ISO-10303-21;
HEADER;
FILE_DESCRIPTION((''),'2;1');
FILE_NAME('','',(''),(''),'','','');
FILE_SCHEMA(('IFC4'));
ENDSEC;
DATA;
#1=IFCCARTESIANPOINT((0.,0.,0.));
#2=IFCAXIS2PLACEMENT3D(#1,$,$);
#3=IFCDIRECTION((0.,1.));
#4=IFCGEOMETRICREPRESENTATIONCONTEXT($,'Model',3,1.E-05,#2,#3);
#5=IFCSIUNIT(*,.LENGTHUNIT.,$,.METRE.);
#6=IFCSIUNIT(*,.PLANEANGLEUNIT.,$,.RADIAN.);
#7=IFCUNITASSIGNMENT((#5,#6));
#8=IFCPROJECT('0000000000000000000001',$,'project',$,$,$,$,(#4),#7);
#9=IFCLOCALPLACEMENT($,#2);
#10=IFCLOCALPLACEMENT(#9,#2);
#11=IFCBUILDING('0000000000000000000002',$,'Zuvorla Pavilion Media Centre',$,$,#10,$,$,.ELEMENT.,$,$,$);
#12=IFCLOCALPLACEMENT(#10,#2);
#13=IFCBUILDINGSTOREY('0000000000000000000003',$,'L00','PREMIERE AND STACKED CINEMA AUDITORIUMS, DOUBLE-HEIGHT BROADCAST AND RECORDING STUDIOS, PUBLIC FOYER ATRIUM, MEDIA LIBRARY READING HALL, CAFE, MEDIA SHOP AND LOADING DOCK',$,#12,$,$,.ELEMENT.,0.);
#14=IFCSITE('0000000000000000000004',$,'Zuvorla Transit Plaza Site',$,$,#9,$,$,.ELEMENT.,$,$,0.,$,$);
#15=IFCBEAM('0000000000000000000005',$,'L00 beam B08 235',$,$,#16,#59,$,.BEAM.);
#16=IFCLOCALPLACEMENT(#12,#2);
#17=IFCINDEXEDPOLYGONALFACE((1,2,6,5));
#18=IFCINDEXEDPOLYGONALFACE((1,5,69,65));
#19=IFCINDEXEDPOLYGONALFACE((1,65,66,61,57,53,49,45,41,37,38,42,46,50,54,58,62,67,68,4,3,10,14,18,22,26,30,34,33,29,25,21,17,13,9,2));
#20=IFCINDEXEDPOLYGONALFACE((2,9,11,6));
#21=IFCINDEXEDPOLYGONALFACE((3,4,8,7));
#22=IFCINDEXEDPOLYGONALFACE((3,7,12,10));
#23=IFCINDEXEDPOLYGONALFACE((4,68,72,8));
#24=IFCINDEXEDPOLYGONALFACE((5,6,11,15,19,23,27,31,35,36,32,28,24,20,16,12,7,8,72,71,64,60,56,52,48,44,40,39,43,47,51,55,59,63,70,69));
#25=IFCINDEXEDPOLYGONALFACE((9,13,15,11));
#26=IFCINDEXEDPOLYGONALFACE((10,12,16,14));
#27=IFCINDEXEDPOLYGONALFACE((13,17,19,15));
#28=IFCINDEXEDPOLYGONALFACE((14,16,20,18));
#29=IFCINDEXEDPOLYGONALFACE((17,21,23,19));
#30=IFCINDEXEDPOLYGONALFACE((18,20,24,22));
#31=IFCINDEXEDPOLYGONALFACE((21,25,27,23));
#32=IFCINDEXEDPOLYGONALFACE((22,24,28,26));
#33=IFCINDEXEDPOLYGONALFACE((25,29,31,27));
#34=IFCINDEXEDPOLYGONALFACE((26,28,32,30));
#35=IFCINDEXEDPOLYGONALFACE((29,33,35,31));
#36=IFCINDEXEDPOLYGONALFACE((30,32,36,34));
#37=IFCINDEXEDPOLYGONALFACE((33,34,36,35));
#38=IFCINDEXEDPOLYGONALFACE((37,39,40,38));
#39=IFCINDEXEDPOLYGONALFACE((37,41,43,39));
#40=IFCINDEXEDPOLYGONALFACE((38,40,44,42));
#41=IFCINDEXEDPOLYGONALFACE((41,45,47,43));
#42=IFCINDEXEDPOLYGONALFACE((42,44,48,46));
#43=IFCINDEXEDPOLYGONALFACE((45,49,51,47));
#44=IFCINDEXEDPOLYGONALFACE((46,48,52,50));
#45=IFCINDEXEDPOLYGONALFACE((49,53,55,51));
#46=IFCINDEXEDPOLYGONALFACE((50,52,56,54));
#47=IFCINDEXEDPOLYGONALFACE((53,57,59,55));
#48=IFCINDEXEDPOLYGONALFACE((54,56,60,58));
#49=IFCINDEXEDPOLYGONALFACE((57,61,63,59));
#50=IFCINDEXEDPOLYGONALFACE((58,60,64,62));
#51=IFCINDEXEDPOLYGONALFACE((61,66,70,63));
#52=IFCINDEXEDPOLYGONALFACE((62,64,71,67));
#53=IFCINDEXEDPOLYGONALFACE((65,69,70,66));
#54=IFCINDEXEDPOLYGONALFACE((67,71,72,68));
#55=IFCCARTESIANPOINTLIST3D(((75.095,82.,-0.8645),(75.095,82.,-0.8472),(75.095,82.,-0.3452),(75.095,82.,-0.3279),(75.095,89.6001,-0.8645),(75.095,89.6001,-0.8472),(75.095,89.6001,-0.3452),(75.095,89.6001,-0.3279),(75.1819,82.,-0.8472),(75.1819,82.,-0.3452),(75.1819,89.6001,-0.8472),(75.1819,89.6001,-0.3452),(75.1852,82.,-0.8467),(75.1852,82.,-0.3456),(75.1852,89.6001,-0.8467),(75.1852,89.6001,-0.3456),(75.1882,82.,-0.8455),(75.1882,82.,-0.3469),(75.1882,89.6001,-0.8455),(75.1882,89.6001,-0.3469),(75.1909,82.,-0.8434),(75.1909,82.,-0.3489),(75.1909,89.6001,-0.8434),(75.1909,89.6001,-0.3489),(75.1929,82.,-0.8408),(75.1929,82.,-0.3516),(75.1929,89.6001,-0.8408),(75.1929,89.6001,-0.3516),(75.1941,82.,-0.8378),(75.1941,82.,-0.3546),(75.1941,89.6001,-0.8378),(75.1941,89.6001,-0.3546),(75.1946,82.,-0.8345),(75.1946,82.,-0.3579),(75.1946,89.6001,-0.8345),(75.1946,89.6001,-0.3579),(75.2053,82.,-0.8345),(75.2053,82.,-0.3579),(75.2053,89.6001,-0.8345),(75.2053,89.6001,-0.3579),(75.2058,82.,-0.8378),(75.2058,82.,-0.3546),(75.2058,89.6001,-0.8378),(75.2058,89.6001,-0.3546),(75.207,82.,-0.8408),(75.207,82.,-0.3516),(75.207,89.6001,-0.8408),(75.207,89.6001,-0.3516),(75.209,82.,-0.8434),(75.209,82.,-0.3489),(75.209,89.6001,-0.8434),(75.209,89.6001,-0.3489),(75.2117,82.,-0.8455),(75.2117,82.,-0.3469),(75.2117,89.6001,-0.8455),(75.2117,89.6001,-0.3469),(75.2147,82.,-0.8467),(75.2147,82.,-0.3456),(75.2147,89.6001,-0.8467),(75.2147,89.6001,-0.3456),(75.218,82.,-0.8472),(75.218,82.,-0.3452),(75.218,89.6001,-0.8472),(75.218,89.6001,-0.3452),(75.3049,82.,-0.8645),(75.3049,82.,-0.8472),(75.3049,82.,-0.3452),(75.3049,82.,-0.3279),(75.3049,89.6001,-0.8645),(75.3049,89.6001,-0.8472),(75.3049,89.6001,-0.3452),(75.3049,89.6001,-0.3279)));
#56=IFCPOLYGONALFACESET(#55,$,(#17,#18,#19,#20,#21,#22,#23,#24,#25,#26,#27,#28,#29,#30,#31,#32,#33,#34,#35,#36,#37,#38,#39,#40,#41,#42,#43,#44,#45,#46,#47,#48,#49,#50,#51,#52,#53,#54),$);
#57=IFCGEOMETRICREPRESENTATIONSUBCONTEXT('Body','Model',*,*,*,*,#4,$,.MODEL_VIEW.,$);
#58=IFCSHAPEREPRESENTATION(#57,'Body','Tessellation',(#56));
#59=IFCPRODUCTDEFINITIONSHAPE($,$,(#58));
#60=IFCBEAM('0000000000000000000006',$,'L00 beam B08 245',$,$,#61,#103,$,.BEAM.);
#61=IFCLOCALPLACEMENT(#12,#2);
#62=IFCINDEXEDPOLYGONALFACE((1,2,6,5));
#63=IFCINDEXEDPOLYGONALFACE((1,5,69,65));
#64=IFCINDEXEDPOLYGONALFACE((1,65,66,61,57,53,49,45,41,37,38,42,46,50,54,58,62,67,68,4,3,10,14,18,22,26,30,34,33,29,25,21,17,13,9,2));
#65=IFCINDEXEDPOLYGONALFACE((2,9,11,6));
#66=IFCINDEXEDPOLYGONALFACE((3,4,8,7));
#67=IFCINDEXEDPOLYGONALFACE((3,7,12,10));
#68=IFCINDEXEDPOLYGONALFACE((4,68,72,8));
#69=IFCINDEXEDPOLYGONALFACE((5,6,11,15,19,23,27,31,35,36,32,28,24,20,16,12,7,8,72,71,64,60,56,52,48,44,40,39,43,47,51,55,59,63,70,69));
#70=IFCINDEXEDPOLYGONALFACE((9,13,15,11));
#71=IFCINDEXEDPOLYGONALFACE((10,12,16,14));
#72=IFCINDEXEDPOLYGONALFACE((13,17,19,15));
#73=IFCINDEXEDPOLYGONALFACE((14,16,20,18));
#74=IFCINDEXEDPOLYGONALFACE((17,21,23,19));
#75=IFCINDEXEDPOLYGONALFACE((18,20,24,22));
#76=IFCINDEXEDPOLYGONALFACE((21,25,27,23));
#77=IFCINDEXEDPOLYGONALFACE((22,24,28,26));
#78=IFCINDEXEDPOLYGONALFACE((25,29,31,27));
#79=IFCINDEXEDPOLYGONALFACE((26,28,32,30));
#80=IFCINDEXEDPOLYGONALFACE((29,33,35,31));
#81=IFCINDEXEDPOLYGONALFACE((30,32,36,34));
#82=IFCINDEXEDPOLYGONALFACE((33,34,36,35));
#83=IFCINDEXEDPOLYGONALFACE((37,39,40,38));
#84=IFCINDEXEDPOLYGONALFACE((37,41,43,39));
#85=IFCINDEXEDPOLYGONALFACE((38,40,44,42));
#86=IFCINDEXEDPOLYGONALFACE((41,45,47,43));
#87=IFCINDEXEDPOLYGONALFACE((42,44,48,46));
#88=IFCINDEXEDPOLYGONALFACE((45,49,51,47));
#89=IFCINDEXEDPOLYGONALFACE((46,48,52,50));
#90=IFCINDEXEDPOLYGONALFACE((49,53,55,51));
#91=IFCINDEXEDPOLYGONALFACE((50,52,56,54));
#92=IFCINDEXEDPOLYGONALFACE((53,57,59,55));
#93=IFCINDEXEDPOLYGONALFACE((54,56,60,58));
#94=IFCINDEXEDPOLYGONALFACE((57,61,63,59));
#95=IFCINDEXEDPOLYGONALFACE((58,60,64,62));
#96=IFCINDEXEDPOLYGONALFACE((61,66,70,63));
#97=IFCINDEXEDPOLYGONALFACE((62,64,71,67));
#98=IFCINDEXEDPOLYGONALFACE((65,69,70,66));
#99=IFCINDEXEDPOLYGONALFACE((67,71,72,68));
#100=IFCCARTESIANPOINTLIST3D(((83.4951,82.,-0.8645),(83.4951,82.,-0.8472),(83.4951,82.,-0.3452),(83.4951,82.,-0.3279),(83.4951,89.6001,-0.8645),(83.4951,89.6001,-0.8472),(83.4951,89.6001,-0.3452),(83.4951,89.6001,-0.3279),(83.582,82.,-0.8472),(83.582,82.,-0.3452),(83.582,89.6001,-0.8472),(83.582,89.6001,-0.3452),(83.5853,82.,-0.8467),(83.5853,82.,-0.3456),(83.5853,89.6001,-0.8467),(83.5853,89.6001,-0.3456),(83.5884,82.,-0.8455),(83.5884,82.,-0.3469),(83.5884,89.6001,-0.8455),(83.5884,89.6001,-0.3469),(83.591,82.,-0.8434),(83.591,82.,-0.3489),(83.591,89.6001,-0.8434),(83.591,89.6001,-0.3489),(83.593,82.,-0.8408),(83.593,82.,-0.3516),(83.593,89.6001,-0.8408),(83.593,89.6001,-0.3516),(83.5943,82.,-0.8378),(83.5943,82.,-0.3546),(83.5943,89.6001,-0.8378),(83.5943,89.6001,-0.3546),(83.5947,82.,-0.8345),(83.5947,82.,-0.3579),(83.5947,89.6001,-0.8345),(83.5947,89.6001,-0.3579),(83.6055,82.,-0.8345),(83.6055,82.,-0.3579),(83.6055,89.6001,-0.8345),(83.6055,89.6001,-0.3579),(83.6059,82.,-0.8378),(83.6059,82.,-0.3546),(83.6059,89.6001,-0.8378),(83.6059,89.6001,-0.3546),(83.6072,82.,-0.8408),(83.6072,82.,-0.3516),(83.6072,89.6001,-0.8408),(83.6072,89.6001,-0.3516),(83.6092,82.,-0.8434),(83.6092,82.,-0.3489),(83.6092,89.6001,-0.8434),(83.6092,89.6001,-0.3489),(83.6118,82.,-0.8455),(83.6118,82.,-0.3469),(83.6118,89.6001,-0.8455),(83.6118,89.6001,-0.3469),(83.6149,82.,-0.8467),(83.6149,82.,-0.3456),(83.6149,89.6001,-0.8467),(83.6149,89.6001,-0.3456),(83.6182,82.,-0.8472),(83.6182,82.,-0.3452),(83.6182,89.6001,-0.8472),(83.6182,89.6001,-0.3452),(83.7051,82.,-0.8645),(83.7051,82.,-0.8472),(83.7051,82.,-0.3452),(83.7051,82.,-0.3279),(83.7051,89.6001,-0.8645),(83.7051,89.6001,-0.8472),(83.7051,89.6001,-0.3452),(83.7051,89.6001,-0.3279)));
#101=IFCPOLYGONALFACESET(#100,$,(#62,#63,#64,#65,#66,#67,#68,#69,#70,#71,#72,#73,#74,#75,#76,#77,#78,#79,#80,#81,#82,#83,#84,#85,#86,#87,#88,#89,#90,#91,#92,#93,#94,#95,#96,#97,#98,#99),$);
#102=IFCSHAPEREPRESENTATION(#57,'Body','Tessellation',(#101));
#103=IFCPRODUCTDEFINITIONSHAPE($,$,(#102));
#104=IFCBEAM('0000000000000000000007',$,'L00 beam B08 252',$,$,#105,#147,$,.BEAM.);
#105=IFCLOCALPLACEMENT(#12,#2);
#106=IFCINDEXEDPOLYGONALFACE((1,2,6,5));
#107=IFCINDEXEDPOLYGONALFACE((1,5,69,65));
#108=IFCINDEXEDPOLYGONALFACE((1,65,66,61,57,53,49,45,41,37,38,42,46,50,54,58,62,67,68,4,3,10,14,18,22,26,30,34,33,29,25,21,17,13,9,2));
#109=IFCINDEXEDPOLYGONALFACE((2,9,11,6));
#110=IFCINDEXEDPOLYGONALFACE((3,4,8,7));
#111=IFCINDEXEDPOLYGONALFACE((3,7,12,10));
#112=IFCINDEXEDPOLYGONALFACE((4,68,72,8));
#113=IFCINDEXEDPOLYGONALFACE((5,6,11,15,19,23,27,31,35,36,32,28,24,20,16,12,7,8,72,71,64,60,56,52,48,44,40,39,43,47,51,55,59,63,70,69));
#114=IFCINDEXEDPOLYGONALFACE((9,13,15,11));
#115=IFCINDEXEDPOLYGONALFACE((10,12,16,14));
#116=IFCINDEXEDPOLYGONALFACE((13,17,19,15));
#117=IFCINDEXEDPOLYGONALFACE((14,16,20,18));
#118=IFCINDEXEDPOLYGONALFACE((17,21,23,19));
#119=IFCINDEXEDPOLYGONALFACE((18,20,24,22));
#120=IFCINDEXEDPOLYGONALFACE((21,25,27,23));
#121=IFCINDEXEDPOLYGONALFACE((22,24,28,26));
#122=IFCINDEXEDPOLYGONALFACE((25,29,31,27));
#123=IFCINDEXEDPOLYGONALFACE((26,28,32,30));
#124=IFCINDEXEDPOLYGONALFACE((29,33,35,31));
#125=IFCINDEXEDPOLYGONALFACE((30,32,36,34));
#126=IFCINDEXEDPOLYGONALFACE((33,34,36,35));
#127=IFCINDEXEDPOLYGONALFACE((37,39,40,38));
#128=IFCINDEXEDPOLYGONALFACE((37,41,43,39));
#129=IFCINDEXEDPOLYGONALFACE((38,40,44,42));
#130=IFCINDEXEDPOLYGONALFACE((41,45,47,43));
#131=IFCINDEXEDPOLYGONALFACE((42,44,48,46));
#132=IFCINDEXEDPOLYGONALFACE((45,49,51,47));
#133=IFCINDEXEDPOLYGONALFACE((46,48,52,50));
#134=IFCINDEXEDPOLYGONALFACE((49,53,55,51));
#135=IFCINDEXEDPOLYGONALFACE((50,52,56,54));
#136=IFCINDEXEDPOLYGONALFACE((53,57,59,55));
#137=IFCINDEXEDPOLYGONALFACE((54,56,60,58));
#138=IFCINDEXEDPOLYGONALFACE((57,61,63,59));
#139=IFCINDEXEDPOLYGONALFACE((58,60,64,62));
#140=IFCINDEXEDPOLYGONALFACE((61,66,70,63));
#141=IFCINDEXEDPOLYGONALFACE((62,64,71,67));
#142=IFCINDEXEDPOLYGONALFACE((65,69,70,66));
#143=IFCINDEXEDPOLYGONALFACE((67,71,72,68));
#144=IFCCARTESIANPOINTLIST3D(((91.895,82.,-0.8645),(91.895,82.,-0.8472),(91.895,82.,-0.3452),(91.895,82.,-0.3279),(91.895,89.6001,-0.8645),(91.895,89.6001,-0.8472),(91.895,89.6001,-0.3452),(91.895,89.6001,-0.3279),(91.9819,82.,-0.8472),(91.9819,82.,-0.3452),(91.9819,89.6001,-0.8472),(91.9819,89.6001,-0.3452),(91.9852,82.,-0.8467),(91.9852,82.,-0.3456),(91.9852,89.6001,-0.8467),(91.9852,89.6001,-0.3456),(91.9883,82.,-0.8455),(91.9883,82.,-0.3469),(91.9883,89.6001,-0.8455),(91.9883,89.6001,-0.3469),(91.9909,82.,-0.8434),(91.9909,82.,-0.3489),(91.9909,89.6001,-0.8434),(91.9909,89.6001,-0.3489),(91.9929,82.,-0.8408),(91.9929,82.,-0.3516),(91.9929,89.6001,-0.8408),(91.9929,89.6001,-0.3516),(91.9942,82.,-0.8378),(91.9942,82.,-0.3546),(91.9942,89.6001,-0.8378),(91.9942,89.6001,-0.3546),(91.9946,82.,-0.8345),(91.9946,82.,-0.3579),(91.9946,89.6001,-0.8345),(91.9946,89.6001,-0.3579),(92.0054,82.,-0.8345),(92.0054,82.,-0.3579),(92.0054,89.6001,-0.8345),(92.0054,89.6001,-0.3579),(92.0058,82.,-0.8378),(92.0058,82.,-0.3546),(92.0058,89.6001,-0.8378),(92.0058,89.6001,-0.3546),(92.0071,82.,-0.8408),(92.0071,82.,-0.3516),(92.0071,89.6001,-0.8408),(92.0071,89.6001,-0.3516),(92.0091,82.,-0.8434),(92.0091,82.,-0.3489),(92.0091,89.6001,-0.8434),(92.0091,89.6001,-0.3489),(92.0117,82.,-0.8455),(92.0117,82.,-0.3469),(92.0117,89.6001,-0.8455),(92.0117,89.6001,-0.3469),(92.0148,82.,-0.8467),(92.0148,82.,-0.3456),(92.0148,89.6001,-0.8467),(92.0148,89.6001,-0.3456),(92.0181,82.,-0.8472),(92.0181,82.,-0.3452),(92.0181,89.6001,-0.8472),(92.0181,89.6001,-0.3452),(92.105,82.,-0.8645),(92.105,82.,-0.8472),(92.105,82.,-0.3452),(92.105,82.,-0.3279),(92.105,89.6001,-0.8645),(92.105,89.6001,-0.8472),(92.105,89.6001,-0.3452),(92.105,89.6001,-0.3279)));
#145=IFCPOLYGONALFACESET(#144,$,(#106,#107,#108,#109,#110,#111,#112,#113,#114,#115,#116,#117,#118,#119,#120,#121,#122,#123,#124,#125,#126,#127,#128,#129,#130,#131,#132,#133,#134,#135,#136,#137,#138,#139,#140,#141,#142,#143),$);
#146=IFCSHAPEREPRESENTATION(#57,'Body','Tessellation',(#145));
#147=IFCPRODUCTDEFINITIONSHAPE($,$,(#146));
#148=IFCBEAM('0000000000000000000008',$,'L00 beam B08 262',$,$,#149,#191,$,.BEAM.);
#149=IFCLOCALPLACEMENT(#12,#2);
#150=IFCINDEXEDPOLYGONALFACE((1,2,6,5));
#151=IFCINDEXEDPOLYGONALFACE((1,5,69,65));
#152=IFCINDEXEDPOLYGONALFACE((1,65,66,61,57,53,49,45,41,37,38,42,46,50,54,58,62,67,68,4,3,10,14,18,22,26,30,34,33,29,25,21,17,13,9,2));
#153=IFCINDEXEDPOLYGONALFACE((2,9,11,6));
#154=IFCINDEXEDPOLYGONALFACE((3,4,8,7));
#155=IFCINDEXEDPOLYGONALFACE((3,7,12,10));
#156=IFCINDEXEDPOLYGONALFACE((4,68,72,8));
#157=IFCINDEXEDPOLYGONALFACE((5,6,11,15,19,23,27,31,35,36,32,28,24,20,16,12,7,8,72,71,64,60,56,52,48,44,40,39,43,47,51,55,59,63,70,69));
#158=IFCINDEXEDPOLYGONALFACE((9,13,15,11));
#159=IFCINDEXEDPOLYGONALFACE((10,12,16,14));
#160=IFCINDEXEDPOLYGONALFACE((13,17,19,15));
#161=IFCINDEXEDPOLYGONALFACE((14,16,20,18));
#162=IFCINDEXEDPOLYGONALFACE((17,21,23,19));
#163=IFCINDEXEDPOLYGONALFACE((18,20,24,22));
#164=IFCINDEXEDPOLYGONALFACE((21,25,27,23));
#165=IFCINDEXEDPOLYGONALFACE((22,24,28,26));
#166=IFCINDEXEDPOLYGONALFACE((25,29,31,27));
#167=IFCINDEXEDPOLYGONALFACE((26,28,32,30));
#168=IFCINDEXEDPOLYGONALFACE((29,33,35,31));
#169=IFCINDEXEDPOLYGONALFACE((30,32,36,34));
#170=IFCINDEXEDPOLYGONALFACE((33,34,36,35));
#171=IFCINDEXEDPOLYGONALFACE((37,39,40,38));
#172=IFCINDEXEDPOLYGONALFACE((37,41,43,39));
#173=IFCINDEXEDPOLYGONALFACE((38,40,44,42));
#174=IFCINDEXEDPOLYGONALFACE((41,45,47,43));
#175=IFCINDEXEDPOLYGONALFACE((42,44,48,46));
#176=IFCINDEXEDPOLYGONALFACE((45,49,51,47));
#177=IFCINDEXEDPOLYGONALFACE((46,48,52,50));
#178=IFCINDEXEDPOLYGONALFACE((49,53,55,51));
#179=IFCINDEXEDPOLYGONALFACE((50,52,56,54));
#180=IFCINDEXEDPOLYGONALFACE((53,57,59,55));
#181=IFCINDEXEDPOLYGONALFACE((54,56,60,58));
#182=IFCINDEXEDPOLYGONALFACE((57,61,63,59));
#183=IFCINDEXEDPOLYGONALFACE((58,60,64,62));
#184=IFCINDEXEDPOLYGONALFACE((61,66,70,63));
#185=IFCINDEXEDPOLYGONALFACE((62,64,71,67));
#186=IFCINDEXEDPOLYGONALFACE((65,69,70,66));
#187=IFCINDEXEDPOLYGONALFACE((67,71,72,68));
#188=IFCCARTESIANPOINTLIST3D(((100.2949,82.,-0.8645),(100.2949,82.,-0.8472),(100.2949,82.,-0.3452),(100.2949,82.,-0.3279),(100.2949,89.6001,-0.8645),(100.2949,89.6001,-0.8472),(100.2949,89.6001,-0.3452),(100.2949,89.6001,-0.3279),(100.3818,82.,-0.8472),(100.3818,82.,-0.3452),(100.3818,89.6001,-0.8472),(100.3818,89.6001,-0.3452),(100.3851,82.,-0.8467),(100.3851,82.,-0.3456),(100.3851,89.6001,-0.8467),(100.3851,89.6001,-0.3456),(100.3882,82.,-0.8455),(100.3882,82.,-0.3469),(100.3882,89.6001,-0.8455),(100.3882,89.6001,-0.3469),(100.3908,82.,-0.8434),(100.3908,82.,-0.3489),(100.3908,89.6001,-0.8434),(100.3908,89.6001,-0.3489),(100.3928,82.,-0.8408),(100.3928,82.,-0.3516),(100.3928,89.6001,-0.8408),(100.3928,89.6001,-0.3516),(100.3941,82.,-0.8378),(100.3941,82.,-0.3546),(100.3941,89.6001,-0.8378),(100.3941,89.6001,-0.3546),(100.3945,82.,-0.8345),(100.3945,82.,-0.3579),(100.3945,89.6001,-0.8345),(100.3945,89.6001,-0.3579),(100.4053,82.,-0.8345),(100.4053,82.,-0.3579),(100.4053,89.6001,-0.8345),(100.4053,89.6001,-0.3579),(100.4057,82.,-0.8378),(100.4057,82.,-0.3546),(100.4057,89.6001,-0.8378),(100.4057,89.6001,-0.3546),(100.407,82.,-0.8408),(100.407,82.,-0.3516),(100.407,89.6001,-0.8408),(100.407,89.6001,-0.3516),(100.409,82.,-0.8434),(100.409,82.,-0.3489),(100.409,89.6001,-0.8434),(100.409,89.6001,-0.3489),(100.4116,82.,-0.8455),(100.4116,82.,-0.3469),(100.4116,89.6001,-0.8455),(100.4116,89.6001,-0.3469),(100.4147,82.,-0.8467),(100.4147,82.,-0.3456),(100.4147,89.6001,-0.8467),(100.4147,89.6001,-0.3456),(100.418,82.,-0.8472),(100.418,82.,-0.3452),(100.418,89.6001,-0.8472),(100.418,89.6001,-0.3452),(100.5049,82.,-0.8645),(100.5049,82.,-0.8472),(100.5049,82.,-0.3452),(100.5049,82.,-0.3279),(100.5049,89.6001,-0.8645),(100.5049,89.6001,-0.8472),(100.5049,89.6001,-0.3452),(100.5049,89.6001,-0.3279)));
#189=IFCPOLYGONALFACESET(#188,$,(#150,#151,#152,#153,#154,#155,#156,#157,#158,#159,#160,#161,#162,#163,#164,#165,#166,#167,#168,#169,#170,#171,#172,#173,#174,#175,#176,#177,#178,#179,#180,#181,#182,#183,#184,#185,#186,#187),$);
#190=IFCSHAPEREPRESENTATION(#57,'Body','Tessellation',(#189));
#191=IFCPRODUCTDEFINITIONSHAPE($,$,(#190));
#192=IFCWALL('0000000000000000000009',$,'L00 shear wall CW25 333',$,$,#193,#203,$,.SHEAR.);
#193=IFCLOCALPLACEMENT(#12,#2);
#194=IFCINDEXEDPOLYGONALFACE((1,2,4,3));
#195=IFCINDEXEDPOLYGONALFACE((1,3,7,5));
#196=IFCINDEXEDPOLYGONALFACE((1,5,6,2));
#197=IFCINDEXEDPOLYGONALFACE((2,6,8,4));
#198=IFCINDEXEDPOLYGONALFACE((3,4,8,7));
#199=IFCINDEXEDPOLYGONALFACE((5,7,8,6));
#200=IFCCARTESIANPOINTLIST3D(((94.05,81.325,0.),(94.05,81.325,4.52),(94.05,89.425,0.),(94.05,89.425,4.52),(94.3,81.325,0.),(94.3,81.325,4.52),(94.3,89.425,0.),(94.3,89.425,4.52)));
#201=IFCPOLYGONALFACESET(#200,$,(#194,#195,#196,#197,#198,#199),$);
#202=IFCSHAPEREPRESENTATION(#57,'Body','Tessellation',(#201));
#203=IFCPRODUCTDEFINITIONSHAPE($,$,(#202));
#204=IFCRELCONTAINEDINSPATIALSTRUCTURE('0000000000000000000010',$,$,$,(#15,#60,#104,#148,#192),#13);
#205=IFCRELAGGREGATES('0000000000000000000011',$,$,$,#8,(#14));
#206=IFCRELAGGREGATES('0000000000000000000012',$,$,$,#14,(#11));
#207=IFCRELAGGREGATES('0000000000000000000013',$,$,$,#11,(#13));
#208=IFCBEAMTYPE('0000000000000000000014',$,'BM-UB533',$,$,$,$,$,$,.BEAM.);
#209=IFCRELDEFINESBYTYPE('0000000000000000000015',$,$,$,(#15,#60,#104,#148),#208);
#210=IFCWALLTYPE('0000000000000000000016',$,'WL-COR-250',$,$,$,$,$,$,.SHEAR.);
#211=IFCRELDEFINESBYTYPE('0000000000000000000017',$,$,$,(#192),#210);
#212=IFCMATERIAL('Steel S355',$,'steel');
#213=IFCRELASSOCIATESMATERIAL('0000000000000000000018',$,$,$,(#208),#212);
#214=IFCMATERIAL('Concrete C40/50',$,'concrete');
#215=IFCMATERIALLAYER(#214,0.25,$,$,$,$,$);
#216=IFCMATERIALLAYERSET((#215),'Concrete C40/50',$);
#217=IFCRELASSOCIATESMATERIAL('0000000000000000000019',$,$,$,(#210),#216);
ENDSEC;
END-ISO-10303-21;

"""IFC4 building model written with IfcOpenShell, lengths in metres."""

from ifc_helpers import new_model, si_unit, direction, frame, frame_2d, origin, origin_2d, place, context, subcontext, project, spatial, rectangle, i_section, extrude, material, layer, layer_set, material_profile, profile_set, type_object, element, save


model = new_model("IFC4")

# Units and contexts
model_context = context("Model", 3, precision=1e-05, world=origin(), true_north=direction((0.0, 1.0)))
body_context = subcontext(model_context, "Body", "Model", "MODEL_VIEW")
ifc_project = project(units=[si_unit("LENGTHUNIT", "METRE"), si_unit("PLANEANGLEUNIT", "RADIAN")], contexts=[model_context])

# Site, building, storey
site_placement = place(None, origin())
site = spatial("IfcSite", under=ifc_project, at=site_placement, Name="Zuvorla Transit Plaza Site", CompositionType="ELEMENT", RefElevation=0.0)
building_placement = place(site_placement, origin())
building = spatial("IfcBuilding", under=site, at=building_placement, Name="Zuvorla Pavilion Media Centre", CompositionType="ELEMENT")
storey_placement = place(building_placement, origin())
storey = spatial("IfcBuildingStorey", under=building, at=storey_placement, Name="L00", Description="PREMIERE AND STACKED CINEMA AUDITORIUMS, DOUBLE-HEIGHT BROADCAST AND RECORDING STUDIOS, PUBLIC FOYER ATRIUM, MEDIA LIBRARY READING HALL, CAFE, MEDIA SHOP AND LOADING DOCK", CompositionType="ELEMENT", Elevation=0.0)

# Shared definitions
ifc_material_1 = material(Name="Concrete C40/50", Category="concrete")

# Beams
ifc_material_2 = material(Name="Steel S355", Category="steel")
ifc_material_profile_1 = material_profile(ifc_material_2, i_section(OverallWidth=0.21, OverallDepth=0.5366, WebThickness=0.0107, FlangeThickness=0.0173, FilletRadius=0.0127, at=origin_2d()), Name="UB 533x210x101")
ifc_profile_set_1 = profile_set([ifc_material_profile_1], Name="Steel S355")
beam_type = type_object("IfcBeamType", Name="BM-UB533", PredefinedType="BEAM", material=ifc_profile_set_1)
for number, where, z_axis, x_axis, name in (
    (1, (75.2, 82.0, -0.5962), (0.0, 1.0, 0.0), (-1.0, 0.0, 0.0), "L00 beam B08 235"),
    (2, (83.6001, 82.0, -0.5962), (0.0, 1.0, 0.0), (-1.0, 0.0, 0.0), "L00 beam B08 245"),
    (3, (92.0, 82.0, -0.5962), (0.0, 1.0, 0.0), (-1.0, 0.0, 0.0), "L00 beam B08 252"),
    (4, (100.3999, 82.0, -0.5962), (0.0, 1.0, 0.0), (-1.0, 0.0, 0.0), "L00 beam B08 262"),
):
    element("IfcBeam", number, at=place(storey_placement, frame(where, z_axis=z_axis, x_axis=x_axis)), inside=storey, type_object=beam_type, Name=name, PredefinedType="BEAM", context=body_context, shape_type="SweptSolid", body=[
        extrude(i_section(OverallWidth=0.21, OverallDepth=0.5366, WebThickness=0.0107, FlangeThickness=0.0173, FilletRadius=0.0127, at=origin_2d()), origin(), (0.0, 0.0, 1.0), 7.6001),
    ])

# Wall
ifc_layer_1 = layer(ifc_material_1, 0.25)
ifc_layer_set_1 = layer_set([ifc_layer_1], Name="Concrete C40/50")
wall_type_1 = type_object("IfcWallType", Name="WL-COR-250", PredefinedType="SHEAR", material=ifc_layer_set_1)
wall_1_placement = place(storey_placement, frame((94.175, 81.325, 0.0), z_axis=(0.0, 0.0, 1.0), x_axis=(0.0, 1.0, 0.0)))
element("IfcWall", 5, at=wall_1_placement, inside=storey, type_object=wall_type_1, Name="L00 shear wall CW25 333", PredefinedType="SHEAR", context=body_context, shape_type="SweptSolid", body=[
    extrude(rectangle(XDim=8.1001, YDim=0.25, at=frame_2d((4.05, 0.0))), origin(), (0.0, 0.0, 1.0), 4.52),
])

save(model, "model.ifc")
